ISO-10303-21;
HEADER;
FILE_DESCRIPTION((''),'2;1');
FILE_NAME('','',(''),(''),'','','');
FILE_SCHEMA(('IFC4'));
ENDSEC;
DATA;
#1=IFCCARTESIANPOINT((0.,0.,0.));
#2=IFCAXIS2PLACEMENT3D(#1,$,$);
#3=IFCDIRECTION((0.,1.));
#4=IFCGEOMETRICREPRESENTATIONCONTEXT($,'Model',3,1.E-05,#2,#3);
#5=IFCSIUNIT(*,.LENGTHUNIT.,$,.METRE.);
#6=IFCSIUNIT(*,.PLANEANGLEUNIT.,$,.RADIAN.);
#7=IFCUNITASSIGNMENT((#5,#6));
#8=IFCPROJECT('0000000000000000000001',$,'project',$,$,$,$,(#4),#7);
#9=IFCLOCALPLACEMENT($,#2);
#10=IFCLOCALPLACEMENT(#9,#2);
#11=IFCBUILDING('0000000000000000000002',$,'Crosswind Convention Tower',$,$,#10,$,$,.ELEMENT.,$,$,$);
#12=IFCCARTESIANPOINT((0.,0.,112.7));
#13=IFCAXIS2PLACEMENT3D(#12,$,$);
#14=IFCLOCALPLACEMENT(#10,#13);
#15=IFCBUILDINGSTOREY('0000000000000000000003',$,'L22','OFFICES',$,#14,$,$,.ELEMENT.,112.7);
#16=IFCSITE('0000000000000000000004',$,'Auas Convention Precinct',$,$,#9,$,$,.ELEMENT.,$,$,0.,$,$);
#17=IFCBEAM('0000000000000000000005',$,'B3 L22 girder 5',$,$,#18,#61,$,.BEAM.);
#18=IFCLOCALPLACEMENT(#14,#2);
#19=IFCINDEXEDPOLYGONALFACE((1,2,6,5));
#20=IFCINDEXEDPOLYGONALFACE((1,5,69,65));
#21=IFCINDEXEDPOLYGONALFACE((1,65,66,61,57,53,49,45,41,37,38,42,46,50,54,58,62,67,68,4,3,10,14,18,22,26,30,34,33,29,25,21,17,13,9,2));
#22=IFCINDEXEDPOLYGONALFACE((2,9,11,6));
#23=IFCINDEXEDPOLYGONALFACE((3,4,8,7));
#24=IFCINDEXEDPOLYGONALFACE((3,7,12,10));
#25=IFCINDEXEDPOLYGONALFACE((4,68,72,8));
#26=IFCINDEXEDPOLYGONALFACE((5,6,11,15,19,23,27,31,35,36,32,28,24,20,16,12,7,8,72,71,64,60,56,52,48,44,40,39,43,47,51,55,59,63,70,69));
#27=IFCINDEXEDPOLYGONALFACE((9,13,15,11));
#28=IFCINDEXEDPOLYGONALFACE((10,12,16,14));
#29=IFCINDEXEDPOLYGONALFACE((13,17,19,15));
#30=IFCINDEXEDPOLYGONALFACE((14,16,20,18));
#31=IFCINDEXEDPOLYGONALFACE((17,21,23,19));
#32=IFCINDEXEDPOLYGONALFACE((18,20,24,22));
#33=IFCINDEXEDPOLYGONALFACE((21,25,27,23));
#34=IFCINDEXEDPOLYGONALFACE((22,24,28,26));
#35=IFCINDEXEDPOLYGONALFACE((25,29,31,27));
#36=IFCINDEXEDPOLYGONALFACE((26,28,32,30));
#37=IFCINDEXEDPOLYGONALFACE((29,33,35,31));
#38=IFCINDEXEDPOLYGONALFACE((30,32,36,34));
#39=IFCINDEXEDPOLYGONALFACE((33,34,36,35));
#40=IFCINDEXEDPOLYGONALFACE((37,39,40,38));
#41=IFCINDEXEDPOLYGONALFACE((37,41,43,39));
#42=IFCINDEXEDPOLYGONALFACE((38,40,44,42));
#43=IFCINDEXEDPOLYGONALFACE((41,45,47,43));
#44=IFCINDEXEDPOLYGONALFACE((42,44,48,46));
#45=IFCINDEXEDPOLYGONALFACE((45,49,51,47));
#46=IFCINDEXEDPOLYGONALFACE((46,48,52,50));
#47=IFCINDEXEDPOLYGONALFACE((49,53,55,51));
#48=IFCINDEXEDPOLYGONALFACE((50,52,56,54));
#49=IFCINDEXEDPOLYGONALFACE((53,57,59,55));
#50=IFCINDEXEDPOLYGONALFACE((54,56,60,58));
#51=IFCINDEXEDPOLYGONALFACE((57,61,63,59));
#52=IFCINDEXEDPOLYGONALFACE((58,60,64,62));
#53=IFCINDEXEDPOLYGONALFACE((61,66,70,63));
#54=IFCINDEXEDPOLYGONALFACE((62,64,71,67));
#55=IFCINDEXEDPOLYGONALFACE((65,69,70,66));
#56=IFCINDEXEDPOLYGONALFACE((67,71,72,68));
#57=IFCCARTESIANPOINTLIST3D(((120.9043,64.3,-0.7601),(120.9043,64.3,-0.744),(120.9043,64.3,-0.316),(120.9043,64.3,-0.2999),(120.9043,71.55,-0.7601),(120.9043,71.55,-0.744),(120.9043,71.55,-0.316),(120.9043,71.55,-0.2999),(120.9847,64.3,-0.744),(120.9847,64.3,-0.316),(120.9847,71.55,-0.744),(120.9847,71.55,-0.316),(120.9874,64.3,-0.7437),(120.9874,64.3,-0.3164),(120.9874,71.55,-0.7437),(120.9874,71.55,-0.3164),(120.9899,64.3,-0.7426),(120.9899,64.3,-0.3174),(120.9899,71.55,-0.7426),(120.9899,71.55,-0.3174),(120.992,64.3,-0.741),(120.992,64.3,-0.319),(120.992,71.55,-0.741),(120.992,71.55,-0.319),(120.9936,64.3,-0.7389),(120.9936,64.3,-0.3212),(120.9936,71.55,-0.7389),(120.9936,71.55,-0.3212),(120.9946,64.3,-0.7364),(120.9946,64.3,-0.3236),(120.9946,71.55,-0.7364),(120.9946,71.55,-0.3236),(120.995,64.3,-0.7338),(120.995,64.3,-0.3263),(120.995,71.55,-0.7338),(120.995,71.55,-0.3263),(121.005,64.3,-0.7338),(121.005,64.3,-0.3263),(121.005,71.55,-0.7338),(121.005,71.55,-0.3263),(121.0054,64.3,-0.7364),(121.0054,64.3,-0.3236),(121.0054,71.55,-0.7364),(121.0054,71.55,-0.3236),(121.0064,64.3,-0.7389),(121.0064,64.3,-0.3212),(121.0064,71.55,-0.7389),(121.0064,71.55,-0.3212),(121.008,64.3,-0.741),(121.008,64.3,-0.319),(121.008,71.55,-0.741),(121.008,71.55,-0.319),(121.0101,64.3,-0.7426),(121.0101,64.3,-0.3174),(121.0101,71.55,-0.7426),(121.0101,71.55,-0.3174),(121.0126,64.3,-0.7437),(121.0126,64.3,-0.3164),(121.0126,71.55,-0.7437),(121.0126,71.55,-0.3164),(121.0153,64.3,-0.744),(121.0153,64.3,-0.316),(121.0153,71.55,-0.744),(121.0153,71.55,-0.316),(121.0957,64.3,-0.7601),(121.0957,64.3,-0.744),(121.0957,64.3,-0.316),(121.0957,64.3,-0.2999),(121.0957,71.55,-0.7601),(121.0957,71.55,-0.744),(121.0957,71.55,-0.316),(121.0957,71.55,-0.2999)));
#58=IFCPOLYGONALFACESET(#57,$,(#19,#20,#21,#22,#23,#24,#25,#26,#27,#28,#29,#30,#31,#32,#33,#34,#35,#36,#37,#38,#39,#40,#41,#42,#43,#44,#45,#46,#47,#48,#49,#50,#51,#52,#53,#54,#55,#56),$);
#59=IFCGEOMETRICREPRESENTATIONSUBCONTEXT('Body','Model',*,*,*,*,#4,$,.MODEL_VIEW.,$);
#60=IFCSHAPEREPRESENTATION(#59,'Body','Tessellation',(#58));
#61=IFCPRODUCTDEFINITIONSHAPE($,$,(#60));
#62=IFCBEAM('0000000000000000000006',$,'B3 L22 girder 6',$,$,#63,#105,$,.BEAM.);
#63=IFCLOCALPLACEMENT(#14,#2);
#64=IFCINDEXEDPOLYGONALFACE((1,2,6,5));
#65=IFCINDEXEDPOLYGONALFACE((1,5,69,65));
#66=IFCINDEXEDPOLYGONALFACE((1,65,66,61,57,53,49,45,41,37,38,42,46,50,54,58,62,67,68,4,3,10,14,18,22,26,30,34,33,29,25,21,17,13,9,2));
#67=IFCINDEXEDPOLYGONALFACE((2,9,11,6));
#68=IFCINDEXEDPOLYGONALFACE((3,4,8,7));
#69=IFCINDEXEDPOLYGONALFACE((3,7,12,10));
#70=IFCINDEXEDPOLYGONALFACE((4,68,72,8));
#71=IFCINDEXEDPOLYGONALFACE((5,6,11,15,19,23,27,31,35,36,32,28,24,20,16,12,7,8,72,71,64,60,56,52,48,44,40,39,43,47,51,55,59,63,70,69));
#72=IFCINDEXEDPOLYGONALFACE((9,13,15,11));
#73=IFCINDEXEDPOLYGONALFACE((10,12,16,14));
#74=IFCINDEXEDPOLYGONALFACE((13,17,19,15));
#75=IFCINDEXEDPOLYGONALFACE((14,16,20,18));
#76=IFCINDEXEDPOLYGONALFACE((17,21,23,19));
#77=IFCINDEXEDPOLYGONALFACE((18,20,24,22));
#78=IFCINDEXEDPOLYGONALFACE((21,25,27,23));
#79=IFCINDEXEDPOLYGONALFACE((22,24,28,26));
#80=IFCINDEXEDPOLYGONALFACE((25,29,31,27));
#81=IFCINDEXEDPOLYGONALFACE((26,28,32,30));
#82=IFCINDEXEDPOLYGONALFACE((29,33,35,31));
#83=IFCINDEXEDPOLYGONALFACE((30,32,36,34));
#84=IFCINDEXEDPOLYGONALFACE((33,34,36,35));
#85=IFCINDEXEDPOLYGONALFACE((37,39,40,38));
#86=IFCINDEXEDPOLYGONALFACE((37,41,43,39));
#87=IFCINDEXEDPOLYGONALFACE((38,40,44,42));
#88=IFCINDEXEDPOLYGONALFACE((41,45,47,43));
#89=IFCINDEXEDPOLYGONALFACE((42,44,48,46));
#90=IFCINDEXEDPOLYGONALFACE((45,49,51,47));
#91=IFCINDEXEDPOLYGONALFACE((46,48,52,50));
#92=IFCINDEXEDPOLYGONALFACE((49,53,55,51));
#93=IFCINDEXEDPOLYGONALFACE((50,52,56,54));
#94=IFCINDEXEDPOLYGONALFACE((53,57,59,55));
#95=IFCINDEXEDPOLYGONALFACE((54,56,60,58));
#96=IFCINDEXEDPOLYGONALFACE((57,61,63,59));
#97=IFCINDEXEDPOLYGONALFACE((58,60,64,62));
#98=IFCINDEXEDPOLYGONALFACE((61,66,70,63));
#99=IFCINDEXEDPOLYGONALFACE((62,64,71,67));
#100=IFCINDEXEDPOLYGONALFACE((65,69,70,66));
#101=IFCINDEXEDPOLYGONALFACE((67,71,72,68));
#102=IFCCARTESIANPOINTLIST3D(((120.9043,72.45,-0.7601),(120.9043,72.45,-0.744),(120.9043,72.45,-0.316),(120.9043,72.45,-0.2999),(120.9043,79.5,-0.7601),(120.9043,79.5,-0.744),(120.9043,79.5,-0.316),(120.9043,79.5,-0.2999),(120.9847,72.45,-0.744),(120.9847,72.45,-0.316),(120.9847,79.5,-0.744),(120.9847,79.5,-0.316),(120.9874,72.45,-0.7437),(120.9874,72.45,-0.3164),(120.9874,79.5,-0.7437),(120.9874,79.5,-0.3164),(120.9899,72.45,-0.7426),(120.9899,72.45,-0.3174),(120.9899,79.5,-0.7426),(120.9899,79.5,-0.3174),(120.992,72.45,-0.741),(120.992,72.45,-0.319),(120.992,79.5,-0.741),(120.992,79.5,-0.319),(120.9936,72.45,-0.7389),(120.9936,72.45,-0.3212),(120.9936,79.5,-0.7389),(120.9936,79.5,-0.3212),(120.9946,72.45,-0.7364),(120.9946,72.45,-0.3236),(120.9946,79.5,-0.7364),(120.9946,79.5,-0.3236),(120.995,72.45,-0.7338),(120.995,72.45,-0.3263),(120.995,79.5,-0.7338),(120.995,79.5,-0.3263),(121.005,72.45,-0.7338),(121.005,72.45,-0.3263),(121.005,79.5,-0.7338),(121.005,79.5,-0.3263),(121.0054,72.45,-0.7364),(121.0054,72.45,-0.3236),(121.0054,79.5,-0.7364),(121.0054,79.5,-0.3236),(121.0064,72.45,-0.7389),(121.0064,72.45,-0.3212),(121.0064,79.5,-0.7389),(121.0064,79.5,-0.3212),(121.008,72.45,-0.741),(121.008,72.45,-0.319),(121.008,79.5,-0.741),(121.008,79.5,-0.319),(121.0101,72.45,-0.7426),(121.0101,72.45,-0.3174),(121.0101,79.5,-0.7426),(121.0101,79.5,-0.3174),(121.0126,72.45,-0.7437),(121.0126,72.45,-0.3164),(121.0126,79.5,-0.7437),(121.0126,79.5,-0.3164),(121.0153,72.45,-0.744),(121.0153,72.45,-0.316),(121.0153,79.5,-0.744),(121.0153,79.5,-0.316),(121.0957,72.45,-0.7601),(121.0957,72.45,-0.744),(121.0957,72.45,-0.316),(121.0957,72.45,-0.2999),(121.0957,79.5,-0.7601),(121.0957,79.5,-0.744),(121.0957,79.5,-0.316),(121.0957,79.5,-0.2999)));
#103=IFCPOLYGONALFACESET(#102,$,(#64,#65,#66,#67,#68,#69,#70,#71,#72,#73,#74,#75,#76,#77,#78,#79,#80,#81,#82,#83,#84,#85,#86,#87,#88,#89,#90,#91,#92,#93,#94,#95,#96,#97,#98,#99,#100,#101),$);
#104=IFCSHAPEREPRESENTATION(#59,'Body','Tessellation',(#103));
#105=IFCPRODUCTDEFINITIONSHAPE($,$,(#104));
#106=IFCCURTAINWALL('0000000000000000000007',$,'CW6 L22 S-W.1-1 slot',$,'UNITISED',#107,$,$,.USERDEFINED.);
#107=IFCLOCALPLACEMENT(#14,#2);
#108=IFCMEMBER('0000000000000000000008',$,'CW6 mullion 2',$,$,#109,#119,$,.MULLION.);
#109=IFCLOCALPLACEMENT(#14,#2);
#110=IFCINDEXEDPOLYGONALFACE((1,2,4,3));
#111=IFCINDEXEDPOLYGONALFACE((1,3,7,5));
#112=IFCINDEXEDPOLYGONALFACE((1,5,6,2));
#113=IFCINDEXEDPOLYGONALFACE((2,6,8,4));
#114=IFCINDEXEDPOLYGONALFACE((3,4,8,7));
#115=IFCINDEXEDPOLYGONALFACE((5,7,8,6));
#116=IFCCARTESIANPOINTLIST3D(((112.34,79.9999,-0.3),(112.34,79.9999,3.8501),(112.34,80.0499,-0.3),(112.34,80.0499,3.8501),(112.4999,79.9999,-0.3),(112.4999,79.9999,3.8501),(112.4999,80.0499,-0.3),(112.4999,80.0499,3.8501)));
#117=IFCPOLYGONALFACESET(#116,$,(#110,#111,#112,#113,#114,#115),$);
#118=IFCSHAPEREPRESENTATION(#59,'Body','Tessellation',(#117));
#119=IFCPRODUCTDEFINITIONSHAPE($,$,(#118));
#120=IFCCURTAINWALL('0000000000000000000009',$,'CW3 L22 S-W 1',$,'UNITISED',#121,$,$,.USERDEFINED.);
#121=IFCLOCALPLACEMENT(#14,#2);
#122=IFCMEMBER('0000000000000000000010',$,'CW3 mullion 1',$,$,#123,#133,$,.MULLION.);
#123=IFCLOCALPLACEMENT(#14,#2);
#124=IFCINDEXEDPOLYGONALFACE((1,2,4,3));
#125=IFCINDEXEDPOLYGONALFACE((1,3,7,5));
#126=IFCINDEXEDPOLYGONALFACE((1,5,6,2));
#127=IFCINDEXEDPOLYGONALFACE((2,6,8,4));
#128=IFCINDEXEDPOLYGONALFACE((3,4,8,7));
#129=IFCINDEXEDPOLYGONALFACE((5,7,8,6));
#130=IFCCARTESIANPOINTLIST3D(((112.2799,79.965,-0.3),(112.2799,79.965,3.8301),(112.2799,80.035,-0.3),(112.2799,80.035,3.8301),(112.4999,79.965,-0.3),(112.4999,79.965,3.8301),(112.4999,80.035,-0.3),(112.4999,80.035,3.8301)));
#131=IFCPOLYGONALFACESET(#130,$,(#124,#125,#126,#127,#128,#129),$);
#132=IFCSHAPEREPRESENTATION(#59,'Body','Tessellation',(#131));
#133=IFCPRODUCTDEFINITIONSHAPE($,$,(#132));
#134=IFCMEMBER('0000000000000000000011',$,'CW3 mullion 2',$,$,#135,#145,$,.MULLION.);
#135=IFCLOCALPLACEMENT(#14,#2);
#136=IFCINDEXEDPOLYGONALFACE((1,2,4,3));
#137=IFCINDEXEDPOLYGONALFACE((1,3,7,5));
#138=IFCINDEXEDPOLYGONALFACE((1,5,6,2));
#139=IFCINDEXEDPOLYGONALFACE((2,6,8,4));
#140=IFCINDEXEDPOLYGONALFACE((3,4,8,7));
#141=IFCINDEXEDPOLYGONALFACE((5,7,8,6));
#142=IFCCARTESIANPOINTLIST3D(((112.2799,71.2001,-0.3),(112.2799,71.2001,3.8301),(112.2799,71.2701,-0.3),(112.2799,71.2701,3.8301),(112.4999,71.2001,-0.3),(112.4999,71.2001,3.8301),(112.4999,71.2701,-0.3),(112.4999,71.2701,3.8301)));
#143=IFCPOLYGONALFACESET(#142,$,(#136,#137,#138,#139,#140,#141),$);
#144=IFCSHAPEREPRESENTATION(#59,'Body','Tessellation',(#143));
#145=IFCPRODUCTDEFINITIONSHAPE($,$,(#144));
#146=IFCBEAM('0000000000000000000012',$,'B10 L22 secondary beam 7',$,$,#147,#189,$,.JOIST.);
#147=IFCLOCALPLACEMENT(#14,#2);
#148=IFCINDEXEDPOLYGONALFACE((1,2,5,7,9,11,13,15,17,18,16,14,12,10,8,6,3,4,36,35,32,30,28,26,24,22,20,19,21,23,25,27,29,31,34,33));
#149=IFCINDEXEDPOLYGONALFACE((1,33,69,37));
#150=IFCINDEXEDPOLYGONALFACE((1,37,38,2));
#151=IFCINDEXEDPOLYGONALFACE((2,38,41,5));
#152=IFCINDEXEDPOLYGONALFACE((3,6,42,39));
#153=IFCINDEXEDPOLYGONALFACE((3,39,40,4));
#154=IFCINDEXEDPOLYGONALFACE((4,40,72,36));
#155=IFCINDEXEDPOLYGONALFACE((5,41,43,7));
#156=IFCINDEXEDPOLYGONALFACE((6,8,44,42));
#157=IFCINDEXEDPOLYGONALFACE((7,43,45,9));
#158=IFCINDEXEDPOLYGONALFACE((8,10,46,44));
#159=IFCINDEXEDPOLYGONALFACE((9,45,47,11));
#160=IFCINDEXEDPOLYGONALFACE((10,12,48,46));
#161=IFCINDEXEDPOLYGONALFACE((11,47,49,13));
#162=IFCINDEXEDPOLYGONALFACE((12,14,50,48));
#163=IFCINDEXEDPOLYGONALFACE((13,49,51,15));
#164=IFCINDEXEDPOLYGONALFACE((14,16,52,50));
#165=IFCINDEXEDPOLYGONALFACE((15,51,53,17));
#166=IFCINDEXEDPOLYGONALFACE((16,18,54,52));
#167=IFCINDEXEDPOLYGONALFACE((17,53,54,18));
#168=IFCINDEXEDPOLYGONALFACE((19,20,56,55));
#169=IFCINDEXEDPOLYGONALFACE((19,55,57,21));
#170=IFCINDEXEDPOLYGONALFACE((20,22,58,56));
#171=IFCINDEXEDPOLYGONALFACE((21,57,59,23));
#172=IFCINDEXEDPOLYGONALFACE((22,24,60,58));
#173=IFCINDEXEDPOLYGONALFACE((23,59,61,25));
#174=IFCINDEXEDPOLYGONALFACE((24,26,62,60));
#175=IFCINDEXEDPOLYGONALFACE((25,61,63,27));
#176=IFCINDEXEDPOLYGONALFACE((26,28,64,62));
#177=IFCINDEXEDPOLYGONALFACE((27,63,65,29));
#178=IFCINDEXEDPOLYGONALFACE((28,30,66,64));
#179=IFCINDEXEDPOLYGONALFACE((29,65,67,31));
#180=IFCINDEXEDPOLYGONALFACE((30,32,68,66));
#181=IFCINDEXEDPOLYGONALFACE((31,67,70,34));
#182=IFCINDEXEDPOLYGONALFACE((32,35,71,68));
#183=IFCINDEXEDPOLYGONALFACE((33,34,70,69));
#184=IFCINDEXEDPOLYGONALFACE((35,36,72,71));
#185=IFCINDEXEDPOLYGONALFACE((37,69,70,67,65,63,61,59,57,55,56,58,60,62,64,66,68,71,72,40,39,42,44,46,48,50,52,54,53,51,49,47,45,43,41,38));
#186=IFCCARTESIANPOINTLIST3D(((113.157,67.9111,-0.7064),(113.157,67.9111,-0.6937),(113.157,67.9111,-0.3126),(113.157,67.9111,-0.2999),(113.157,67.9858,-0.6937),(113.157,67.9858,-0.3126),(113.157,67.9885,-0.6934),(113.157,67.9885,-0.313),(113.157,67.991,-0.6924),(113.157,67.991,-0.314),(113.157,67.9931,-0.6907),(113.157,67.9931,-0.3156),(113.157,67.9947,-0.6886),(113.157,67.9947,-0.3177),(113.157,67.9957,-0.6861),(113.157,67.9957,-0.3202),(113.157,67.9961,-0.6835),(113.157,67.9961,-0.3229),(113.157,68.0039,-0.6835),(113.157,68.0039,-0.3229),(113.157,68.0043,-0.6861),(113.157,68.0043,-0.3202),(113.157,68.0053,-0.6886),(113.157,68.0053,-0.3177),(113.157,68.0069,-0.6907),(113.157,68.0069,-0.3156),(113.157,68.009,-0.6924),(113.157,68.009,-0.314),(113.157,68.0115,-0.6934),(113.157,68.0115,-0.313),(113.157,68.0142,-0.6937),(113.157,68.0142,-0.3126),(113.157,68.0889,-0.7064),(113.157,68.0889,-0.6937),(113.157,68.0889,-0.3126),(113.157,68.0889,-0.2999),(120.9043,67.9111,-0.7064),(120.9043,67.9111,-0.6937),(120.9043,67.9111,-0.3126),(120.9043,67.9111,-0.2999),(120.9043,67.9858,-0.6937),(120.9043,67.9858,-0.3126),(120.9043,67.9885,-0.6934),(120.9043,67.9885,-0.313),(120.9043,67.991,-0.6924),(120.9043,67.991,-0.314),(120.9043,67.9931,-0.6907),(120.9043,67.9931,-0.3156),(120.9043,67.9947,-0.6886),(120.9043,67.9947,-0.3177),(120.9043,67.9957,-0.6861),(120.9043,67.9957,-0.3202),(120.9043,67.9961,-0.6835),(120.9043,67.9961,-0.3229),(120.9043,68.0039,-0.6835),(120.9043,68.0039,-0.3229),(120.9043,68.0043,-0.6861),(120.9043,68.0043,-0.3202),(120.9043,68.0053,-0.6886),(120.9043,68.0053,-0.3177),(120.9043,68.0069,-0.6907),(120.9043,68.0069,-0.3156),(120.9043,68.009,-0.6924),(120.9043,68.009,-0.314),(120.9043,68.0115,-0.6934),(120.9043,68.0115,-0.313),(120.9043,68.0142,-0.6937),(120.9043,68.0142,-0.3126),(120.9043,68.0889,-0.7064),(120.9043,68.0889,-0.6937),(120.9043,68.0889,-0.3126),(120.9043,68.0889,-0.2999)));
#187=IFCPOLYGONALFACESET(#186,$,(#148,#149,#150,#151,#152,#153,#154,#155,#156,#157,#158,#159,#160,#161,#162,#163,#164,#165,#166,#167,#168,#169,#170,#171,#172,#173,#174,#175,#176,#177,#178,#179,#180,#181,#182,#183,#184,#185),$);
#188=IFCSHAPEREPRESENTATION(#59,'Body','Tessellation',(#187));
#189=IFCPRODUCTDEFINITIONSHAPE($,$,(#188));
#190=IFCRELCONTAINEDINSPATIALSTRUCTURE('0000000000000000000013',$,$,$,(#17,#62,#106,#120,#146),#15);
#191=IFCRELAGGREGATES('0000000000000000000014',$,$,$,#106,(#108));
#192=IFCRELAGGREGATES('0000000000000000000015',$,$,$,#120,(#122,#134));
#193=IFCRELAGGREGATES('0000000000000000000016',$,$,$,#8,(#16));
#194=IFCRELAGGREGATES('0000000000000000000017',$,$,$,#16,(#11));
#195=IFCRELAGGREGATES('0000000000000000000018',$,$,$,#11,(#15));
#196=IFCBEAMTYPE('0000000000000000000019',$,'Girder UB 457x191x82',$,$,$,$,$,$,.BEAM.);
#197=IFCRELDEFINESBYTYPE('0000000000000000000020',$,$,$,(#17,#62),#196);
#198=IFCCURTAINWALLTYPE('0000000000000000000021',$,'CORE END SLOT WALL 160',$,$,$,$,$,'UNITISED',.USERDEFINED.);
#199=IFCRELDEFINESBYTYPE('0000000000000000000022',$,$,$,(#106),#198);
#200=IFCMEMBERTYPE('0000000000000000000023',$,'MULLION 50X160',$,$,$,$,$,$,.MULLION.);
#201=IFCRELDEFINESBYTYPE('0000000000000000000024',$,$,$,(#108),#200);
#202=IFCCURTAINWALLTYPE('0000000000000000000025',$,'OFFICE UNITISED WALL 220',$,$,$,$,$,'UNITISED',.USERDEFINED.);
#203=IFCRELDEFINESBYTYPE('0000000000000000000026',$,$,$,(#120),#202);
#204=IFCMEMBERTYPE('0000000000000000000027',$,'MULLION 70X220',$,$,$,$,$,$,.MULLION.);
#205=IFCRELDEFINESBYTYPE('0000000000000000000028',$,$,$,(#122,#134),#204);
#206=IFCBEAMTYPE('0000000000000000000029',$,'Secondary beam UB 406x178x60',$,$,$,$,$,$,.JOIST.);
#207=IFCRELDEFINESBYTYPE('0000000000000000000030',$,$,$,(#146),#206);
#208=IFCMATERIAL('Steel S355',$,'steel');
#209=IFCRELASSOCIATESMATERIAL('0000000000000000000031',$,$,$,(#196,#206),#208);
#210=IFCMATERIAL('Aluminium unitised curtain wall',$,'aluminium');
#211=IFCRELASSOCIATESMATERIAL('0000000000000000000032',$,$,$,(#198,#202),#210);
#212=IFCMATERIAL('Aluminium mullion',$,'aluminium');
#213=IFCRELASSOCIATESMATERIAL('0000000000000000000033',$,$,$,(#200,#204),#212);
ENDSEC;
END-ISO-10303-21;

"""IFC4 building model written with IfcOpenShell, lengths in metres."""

from ifc_helpers import new_model, si_unit, direction, frame, origin, origin_2d, place, context, subcontext, project, spatial, rectangle, i_section, extrude, material, material_profile, profile_set, type_object, element, aggregate, save


model = new_model("IFC4")

# Units and contexts
model_context = context("Model", 3, precision=1e-05, world=origin(), true_north=direction((0.0, 1.0)))
body_context = subcontext(model_context, "Body", "Model", "MODEL_VIEW")
ifc_project = project(units=[si_unit("LENGTHUNIT", "METRE"), si_unit("PLANEANGLEUNIT", "RADIAN")], contexts=[model_context])

# Site, building, storey
site_placement = place(None, origin())
site = spatial("IfcSite", under=ifc_project, at=site_placement, Name="Auas Convention Precinct", CompositionType="ELEMENT", RefElevation=0.0)
building_placement = place(site_placement, origin())
building = spatial("IfcBuilding", under=site, at=building_placement, Name="Crosswind Convention Tower", CompositionType="ELEMENT")
storey_placement = place(building_placement, frame((0.0, 0.0, 112.7)))
storey = spatial("IfcBuildingStorey", under=building, at=storey_placement, Name="L22", Description="OFFICES", CompositionType="ELEMENT", Elevation=112.7)

# Beams
ifc_material_1 = material(Name="Steel S355", Category="steel")
ifc_material_profile_1 = material_profile(ifc_material_1, i_section(OverallWidth=0.1914, OverallDepth=0.4602, WebThickness=0.01, FlangeThickness=0.0161, FilletRadius=0.0103, at=origin_2d()), Name="UB 457x191x82")
ifc_profile_set_1 = profile_set([ifc_material_profile_1], Name="Steel S355")
beam_type_1 = type_object("IfcBeamType", Name="Girder UB 457x191x82", PredefinedType="BEAM", material=ifc_profile_set_1)
beam_1_placement = place(storey_placement, frame((121.0, 64.3, -0.53), z_axis=(0.0, 1.0, 0.0), x_axis=(-1.0, 0.0, 0.0)))
element("IfcBeam", 1, at=beam_1_placement, inside=storey, type_object=beam_type_1, Name="B3 L22 girder 5", PredefinedType="BEAM", context=body_context, shape_type="SweptSolid", body=[
    extrude(i_section(OverallWidth=0.1914, OverallDepth=0.4602, WebThickness=0.01, FlangeThickness=0.0161, FilletRadius=0.0103, at=origin_2d()), origin(), (0.0, 0.0, 1.0), 7.25),
])
beam_2_placement = place(storey_placement, frame((121.0, 72.45, -0.53), z_axis=(0.0, 1.0, 0.0), x_axis=(-1.0, 0.0, 0.0)))
element("IfcBeam", 2, at=beam_2_placement, inside=storey, type_object=beam_type_1, Name="B3 L22 girder 6", PredefinedType="BEAM", context=body_context, shape_type="SweptSolid", body=[
    extrude(i_section(OverallWidth=0.1914, OverallDepth=0.4602, WebThickness=0.01, FlangeThickness=0.0161, FilletRadius=0.0103, at=origin_2d()), origin(), (0.0, 0.0, 1.0), 7.05),
])

# Curtain wall, member
ifc_material_2 = material(Name="Aluminium unitised curtain wall", Category="aluminium")
curtain_wall_type_1 = type_object("IfcCurtainWallType", Name="CORE END SLOT WALL 160", ElementType="UNITISED", PredefinedType="USERDEFINED", material=ifc_material_2)
curtain_wall_1_placement = place(storey_placement, origin())
curtain_wall_1 = element("IfcCurtainWall", 3, at=curtain_wall_1_placement, inside=storey, type_object=curtain_wall_type_1, Name="CW6 L22 S-W.1-1 slot", ObjectType="UNITISED", PredefinedType="USERDEFINED")
ifc_material_3 = material(Name="Aluminium mullion", Category="aluminium")
ifc_material_profile_2 = material_profile(ifc_material_3, rectangle(XDim=0.1599, YDim=0.05, at=origin_2d()), Name="AL 160X50")
ifc_profile_set_2 = profile_set([ifc_material_profile_2], Name="Aluminium mullion")
member_type_1 = type_object("IfcMemberType", Name="MULLION 50X160", PredefinedType="MULLION", material=ifc_profile_set_2)
member_1_placement = place(storey_placement, frame((112.4199, 80.0249, -0.3), z_axis=(0.0, 0.0, 1.0), x_axis=(-1.0, 0.0, 0.0)))
member_1 = element("IfcMember", 4, at=member_1_placement, type_object=member_type_1, Name="CW6 mullion 2", PredefinedType="MULLION", context=body_context, shape_type="SweptSolid", body=[
    extrude(rectangle(XDim=0.1599, YDim=0.05, at=origin_2d()), origin(), (0.0, 0.0, 1.0), 4.1501),
])
aggregate(curtain_wall_1, [member_1])

# Curtain wall, members
curtain_wall_type_2 = type_object("IfcCurtainWallType", Name="OFFICE UNITISED WALL 220", ElementType="UNITISED", PredefinedType="USERDEFINED", material=ifc_material_2)
curtain_wall_2_placement = place(storey_placement, origin())
curtain_wall_2 = element("IfcCurtainWall", 5, at=curtain_wall_2_placement, inside=storey, type_object=curtain_wall_type_2, Name="CW3 L22 S-W 1", ObjectType="UNITISED", PredefinedType="USERDEFINED")
ifc_material_profile_3 = material_profile(ifc_material_3, rectangle(XDim=0.22, YDim=0.0701, at=origin_2d()), Name="AL 220X70")
ifc_profile_set_3 = profile_set([ifc_material_profile_3], Name="Aluminium mullion")
member_type_2 = type_object("IfcMemberType", Name="MULLION 70X220", PredefinedType="MULLION", material=ifc_profile_set_3)
member_2_placement = place(storey_placement, frame((112.3899, 80.0, -0.3), z_axis=(0.0, 0.0, 1.0), x_axis=(-1.0, 0.0, 0.0)))
member_2 = element("IfcMember", 6, at=member_2_placement, type_object=member_type_2, Name="CW3 mullion 1", PredefinedType="MULLION", context=body_context, shape_type="SweptSolid", body=[
    extrude(rectangle(XDim=0.22, YDim=0.0701, at=origin_2d()), origin(), (0.0, 0.0, 1.0), 4.1301),
])
member_3_placement = place(storey_placement, frame((112.3899, 71.2351, -0.3), z_axis=(0.0, 0.0, 1.0), x_axis=(-1.0, 0.0, 0.0)))
member_3 = element("IfcMember", 7, at=member_3_placement, type_object=member_type_2, Name="CW3 mullion 2", PredefinedType="MULLION", context=body_context, shape_type="SweptSolid", body=[
    extrude(rectangle(XDim=0.22, YDim=0.0701, at=origin_2d()), origin(), (0.0, 0.0, 1.0), 4.1301),
])

# Beam
ifc_material_profile_4 = material_profile(ifc_material_1, i_section(OverallWidth=0.1777, OverallDepth=0.4065, WebThickness=0.0078, FlangeThickness=0.0127, FilletRadius=0.0103, at=origin_2d()), Name="UB 406x178x60")
ifc_profile_set_4 = profile_set([ifc_material_profile_4], Name="Steel S355")
beam_type_2 = type_object("IfcBeamType", Name="Secondary beam UB 406x178x60", PredefinedType="JOIST", material=ifc_profile_set_4)
for number, where, z_axis, x_axis, name in (
    (8, (113.157, 68.0, -0.5032), (1.0, 0.0, 0.0), (0.0, 1.0, 0.0), "B10 L22 secondary beam 7"),
):
    element("IfcBeam", number, at=place(storey_placement, frame(where, z_axis=z_axis, x_axis=x_axis)), inside=storey, type_object=beam_type_2, Name=name, PredefinedType="JOIST", context=body_context, shape_type="SweptSolid", body=[
        extrude(i_section(OverallWidth=0.1777, OverallDepth=0.4065, WebThickness=0.0078, FlangeThickness=0.0127, FilletRadius=0.0103, at=origin_2d()), origin(), (0.0, 0.0, 1.0), 7.7473),
    ])

aggregate(curtain_wall_2, [member_2, member_3])

save(model, "model.ifc")
